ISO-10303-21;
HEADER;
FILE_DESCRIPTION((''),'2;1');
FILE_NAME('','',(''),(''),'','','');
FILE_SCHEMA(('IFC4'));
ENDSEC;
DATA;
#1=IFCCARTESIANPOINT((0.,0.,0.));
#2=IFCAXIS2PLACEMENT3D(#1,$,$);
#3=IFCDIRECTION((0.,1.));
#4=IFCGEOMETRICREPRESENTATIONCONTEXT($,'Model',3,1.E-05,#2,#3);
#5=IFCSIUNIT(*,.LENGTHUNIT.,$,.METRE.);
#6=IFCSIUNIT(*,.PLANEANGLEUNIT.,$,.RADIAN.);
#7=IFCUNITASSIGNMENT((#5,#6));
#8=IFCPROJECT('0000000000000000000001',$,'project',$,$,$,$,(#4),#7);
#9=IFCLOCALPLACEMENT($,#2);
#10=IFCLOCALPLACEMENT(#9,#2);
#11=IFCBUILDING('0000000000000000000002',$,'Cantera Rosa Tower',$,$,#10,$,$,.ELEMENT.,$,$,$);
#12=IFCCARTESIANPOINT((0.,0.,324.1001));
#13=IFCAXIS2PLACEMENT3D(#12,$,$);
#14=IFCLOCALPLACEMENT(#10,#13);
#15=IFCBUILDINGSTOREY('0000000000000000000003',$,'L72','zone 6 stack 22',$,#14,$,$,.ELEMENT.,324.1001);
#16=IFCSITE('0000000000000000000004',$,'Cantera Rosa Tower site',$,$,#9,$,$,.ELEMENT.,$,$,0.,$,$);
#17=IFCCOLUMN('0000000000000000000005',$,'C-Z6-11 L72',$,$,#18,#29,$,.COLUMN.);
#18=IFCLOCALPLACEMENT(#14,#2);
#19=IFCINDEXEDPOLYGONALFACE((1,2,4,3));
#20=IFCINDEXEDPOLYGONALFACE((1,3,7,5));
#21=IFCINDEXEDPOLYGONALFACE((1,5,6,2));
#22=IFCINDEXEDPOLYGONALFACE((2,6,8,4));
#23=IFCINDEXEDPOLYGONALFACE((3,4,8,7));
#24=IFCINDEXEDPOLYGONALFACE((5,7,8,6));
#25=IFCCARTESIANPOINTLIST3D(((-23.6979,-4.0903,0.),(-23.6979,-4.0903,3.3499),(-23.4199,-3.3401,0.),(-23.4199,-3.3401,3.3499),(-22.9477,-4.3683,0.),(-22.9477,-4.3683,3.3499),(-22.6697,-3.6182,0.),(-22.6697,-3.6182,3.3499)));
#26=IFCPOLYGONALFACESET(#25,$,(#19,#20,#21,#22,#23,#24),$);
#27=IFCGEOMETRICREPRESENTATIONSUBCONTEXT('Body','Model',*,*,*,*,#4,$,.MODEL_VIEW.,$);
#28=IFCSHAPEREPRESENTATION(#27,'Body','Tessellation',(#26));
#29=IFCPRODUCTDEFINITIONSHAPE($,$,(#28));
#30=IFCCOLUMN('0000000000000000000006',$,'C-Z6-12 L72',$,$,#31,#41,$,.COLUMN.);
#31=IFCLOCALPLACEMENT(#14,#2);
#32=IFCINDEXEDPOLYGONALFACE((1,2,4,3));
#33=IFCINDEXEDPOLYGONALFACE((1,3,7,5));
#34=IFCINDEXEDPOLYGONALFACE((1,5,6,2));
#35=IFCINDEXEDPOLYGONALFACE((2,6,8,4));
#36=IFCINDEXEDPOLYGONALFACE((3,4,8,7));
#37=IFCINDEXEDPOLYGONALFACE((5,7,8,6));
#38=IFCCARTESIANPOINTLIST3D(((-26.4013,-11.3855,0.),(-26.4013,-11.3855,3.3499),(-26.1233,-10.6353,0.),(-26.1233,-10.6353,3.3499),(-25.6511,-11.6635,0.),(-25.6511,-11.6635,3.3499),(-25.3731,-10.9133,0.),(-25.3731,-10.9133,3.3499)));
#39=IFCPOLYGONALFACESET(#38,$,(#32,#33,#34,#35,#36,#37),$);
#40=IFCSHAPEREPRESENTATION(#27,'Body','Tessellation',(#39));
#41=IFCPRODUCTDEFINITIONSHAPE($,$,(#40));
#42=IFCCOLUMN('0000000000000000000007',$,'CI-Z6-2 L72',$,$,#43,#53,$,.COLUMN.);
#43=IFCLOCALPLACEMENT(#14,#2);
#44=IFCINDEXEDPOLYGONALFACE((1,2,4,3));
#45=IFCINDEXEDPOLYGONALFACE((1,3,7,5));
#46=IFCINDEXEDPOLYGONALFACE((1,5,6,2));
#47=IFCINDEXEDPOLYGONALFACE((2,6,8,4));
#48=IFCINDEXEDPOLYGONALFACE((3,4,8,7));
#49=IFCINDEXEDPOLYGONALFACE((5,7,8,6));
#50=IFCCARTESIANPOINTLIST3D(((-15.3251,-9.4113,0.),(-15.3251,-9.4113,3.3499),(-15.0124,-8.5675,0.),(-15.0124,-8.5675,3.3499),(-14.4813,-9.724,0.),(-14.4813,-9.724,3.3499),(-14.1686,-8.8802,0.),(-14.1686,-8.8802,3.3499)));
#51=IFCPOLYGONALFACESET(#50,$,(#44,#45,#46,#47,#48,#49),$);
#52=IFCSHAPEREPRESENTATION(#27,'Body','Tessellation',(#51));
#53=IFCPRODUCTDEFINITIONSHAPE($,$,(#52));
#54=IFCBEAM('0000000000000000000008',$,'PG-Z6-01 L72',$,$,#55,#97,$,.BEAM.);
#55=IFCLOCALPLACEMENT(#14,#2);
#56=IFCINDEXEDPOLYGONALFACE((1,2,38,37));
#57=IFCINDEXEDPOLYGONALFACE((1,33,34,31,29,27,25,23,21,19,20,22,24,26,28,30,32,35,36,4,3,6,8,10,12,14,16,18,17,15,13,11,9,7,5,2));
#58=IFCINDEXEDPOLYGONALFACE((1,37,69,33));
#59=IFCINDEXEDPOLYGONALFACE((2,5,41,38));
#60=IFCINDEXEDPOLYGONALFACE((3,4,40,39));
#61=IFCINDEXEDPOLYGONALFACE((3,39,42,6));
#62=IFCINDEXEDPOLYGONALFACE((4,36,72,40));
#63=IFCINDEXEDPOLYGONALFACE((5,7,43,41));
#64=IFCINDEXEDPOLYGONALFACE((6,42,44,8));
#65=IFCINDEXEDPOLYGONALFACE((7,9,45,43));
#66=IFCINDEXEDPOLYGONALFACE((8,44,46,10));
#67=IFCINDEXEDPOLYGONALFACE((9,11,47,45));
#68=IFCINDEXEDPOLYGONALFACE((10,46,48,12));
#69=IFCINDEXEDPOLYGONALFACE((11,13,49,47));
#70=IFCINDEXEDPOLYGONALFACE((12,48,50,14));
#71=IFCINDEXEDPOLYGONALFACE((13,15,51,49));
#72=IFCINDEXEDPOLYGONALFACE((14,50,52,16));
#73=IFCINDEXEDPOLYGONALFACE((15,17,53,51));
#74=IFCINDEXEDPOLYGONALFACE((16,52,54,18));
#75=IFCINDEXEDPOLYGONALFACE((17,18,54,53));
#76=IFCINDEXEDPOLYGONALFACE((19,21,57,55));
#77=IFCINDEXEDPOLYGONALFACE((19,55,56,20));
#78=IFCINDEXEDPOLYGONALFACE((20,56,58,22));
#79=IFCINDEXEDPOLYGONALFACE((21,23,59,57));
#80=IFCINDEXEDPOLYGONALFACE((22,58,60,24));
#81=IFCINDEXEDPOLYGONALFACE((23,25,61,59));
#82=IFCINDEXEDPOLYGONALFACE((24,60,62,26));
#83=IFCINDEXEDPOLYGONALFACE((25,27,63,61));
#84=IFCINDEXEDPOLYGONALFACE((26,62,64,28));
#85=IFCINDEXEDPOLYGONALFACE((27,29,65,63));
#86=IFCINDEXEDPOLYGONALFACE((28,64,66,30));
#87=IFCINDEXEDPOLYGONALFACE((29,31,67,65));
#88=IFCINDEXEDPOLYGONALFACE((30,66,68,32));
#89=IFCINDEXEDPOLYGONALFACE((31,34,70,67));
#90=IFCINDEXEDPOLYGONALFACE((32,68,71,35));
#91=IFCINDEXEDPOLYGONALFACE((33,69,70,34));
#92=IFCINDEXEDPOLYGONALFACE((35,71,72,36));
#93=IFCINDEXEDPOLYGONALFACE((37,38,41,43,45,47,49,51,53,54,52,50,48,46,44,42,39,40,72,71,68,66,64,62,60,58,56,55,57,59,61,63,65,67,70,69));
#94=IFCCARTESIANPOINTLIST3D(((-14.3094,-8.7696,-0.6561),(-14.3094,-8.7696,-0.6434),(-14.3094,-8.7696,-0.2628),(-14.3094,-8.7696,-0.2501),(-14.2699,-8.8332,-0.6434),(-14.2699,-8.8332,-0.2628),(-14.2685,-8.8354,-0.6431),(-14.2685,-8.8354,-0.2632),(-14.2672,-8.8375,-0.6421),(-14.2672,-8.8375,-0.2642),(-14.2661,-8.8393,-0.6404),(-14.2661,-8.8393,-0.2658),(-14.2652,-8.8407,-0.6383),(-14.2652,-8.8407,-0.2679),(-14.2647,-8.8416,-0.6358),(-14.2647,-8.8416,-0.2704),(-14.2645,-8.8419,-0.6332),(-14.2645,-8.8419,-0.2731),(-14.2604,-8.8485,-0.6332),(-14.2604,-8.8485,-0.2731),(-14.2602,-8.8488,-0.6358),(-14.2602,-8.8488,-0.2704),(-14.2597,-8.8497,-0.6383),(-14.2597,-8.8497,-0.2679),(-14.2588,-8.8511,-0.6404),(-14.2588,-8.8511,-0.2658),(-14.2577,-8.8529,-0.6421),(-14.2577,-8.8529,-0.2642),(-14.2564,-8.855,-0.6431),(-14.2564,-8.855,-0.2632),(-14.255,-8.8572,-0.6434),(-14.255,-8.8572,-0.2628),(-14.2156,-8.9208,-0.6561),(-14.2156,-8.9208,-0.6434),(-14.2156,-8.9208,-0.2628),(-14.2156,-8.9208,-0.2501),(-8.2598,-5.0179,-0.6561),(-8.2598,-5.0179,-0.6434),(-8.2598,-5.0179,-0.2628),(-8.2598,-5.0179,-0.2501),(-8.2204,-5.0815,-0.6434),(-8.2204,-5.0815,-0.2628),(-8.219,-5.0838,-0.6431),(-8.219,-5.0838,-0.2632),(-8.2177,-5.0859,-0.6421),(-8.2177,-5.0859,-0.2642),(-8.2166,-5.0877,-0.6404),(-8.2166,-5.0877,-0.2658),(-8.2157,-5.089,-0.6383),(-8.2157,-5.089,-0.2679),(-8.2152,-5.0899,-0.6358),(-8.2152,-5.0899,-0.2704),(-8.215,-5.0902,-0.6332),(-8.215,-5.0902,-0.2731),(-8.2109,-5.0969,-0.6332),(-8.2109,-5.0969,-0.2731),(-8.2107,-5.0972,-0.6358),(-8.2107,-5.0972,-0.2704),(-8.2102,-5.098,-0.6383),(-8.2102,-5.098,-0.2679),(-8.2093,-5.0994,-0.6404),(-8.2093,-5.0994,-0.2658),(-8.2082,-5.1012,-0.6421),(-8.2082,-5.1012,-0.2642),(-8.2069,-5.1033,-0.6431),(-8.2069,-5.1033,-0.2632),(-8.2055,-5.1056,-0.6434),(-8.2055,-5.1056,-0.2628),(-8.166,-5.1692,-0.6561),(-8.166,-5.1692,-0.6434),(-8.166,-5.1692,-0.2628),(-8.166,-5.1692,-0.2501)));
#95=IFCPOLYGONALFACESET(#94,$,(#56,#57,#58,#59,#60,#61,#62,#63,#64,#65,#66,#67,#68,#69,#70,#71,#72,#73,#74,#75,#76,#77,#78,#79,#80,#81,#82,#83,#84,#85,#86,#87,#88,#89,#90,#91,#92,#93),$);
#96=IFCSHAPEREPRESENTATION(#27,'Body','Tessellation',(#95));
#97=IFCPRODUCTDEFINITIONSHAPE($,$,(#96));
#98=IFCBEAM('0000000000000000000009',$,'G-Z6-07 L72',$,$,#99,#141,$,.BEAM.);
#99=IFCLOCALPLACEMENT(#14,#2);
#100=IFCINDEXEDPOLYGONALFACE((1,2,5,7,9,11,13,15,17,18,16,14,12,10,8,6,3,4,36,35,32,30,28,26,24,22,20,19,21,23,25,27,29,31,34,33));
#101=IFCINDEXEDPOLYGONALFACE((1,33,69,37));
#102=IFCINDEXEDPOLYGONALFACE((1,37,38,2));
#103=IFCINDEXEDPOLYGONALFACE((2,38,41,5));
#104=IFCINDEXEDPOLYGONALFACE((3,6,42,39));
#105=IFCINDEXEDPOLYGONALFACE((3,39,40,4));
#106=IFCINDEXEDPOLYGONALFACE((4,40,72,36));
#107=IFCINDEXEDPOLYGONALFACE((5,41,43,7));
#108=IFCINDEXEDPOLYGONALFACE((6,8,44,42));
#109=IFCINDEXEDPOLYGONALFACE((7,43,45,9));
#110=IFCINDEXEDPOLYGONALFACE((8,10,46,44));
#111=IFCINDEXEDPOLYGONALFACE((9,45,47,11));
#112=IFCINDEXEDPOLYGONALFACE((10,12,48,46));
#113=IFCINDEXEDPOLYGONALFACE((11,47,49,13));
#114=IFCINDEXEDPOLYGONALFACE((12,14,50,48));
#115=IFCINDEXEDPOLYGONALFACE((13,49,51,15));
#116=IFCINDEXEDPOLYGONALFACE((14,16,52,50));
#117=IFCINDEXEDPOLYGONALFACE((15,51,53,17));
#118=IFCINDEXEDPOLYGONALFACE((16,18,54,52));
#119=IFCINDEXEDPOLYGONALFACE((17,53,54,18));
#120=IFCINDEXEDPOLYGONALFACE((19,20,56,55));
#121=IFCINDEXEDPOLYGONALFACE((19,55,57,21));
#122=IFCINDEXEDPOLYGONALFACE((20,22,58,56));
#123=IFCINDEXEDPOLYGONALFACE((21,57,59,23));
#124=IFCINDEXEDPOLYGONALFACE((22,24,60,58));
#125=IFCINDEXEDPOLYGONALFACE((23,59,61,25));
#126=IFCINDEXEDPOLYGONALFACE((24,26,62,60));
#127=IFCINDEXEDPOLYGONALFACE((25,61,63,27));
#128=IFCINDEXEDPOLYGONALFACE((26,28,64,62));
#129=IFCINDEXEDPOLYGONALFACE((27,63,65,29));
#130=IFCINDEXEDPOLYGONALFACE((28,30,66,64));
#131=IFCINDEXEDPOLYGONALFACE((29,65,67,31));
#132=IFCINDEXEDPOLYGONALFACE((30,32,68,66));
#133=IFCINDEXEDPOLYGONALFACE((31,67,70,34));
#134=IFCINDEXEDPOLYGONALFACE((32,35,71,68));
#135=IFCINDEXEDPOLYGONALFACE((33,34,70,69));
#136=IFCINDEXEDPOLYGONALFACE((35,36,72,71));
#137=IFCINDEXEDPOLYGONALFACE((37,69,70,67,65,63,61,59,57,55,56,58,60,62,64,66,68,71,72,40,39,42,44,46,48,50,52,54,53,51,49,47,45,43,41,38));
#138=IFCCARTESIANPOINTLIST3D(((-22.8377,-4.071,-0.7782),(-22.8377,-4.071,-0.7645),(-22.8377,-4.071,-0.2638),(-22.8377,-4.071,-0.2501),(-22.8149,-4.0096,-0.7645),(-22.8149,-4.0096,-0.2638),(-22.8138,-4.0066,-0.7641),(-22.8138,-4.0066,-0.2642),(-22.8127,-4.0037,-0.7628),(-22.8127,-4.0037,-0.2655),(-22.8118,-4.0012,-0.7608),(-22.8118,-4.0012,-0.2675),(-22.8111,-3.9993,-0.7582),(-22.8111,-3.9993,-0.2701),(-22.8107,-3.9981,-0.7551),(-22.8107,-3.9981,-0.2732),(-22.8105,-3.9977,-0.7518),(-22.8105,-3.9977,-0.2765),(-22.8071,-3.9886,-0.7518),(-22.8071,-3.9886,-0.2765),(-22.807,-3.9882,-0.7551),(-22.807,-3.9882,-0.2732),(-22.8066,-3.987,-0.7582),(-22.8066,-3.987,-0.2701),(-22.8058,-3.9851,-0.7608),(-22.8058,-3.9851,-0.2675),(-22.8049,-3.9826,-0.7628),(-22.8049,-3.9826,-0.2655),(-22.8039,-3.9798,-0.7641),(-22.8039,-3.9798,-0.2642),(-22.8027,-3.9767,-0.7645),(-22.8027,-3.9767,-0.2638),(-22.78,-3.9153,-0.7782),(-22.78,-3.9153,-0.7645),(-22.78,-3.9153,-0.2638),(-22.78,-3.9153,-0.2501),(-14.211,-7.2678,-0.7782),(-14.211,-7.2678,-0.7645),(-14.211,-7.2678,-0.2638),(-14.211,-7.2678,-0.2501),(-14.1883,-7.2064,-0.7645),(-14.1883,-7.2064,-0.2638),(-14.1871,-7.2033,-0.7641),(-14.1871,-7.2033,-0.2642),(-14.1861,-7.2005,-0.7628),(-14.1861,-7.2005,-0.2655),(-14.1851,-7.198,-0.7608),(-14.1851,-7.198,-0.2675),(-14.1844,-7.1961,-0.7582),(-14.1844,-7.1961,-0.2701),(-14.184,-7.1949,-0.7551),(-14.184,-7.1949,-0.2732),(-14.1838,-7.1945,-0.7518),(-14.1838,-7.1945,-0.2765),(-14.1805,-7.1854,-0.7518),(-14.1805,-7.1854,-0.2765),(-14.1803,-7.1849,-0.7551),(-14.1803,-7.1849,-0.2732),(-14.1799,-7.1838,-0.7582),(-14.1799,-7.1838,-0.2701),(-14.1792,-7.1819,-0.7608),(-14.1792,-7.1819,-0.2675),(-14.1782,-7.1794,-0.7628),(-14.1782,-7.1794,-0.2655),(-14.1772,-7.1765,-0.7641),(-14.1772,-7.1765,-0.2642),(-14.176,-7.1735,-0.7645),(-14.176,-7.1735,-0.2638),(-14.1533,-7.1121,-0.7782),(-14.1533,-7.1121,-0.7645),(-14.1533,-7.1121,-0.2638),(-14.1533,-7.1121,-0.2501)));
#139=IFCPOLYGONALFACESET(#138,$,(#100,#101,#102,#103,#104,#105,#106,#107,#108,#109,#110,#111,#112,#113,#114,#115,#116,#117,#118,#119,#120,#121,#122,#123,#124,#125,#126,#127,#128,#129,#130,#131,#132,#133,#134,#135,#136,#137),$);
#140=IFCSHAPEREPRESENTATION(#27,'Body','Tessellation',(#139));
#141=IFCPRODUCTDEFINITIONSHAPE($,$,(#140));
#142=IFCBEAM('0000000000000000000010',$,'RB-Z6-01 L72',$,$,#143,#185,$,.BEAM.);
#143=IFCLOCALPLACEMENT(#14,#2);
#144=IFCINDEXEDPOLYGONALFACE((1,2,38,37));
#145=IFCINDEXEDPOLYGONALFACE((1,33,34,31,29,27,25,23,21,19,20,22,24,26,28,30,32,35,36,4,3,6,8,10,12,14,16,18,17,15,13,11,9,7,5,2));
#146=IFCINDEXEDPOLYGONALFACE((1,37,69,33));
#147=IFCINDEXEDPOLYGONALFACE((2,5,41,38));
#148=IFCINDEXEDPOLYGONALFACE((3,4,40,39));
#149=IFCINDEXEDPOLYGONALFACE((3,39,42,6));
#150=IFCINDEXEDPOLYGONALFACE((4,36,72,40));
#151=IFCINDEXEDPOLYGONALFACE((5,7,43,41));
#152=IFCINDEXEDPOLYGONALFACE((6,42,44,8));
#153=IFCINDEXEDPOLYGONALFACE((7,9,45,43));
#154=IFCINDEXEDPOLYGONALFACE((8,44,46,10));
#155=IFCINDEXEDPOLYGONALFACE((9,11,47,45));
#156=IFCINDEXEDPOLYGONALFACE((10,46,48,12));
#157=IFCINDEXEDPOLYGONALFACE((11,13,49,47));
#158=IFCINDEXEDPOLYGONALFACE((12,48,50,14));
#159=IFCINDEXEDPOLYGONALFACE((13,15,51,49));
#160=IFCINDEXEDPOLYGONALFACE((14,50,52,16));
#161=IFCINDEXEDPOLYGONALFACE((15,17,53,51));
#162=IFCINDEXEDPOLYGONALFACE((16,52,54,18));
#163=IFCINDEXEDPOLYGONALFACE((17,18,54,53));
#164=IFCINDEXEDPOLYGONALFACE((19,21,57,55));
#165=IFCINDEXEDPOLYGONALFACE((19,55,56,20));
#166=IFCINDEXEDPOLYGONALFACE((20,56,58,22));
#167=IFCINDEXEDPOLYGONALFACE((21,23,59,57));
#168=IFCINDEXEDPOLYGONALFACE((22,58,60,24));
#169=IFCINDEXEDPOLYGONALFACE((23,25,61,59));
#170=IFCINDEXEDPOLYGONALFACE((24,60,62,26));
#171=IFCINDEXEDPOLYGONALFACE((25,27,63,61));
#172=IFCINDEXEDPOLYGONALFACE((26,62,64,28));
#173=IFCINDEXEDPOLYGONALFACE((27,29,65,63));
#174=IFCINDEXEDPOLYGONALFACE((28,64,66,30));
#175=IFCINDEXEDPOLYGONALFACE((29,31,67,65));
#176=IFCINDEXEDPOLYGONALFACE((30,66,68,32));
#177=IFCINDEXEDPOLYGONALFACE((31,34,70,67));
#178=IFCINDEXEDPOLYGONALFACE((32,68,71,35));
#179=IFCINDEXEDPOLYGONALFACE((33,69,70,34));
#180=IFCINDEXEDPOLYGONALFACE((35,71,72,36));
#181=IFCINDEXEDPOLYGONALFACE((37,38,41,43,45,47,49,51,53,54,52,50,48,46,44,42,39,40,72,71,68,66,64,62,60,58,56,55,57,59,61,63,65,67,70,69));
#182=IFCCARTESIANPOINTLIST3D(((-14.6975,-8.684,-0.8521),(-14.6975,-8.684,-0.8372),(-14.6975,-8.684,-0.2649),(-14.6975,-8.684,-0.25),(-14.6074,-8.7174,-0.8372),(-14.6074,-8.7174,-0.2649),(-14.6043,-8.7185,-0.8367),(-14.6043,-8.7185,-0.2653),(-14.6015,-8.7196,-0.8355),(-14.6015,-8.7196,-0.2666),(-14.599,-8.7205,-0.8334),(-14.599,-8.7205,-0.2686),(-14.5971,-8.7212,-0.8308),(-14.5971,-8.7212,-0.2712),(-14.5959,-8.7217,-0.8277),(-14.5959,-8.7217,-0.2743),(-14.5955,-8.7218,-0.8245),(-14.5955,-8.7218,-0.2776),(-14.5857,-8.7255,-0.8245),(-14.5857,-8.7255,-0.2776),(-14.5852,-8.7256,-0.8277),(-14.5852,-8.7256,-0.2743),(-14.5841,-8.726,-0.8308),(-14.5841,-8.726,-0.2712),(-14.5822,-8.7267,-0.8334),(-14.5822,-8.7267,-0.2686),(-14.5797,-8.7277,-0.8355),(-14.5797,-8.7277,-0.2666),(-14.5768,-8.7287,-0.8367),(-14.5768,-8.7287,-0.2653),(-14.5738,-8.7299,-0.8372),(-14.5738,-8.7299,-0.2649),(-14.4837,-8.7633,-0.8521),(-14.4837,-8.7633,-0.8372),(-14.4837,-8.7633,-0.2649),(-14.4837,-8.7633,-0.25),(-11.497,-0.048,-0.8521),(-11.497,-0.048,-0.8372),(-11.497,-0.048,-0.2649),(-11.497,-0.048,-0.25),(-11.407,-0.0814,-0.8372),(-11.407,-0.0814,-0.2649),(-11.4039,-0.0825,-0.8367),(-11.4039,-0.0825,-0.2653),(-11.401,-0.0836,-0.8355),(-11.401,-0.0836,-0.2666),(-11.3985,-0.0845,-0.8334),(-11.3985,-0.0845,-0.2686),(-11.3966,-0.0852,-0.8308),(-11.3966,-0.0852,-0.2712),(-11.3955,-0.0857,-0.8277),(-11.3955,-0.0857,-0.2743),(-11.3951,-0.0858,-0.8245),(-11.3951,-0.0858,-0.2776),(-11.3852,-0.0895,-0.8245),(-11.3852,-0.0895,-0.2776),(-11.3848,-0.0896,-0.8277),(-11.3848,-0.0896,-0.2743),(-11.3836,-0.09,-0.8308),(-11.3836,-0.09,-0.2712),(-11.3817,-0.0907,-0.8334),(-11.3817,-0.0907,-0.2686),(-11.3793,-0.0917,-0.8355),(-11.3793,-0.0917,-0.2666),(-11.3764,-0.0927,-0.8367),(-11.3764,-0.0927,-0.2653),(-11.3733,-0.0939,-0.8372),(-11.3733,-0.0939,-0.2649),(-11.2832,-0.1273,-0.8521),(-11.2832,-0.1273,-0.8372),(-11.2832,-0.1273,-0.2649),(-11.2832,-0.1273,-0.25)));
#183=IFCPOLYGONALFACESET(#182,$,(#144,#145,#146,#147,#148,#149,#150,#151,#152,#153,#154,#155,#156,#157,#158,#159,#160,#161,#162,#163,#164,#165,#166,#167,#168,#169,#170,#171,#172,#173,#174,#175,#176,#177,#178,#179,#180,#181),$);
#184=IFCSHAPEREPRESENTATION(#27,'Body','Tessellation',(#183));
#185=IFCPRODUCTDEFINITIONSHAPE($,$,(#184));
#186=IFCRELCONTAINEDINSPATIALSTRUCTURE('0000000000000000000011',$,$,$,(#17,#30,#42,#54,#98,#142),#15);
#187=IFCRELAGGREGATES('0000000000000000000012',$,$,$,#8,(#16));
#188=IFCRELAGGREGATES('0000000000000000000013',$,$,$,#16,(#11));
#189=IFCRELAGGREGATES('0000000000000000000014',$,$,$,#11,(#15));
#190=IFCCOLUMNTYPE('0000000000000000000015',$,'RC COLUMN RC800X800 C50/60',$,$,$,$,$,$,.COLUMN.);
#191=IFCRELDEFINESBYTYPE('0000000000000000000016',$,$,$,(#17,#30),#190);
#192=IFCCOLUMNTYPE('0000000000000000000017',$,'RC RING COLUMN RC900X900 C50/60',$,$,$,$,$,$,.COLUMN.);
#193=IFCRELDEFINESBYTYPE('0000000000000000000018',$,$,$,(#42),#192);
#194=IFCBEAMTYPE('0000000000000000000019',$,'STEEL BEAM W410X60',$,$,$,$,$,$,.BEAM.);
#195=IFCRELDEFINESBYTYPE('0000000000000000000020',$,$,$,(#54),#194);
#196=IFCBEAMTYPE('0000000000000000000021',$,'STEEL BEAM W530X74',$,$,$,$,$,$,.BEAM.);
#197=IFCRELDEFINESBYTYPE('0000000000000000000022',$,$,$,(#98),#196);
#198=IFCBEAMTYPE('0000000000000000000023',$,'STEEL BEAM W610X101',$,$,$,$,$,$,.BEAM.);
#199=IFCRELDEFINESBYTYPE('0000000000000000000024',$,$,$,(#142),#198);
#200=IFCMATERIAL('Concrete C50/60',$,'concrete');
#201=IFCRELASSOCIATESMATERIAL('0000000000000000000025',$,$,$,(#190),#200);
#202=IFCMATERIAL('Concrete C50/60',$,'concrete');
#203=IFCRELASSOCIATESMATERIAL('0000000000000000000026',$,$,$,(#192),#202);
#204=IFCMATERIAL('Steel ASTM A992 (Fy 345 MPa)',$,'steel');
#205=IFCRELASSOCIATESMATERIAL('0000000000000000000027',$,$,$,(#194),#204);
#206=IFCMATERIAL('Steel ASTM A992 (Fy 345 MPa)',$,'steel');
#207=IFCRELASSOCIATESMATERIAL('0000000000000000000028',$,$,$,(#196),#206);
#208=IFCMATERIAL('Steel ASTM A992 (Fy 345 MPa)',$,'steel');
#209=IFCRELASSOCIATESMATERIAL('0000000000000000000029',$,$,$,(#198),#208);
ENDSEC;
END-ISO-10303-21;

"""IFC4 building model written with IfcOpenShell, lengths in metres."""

from ifc_helpers import new_model, si_unit, direction, frame, origin, origin_2d, place, context, subcontext, project, spatial, rectangle, i_section, extrude, material, material_profile, profile_set, type_object, element, save


model = new_model("IFC4")

# Units and contexts
model_context = context("Model", 3, precision=1e-05, world=origin(), true_north=direction((0.0, 1.0)))
body_context = subcontext(model_context, "Body", "Model", "MODEL_VIEW")
ifc_project = project(units=[si_unit("LENGTHUNIT", "METRE"), si_unit("PLANEANGLEUNIT", "RADIAN")], contexts=[model_context])

# Site, building, storey
site_placement = place(None, origin())
site = spatial("IfcSite", under=ifc_project, at=site_placement, Name="Cantera Rosa Tower site", CompositionType="ELEMENT", RefElevation=0.0)
building_placement = place(site_placement, origin())
building = spatial("IfcBuilding", under=site, at=building_placement, Name="Cantera Rosa Tower", CompositionType="ELEMENT")
storey_placement = place(building_placement, frame((0.0, 0.0, 324.1001)))
storey = spatial("IfcBuildingStorey", under=building, at=storey_placement, Name="L72", Description="zone 6 stack 22", CompositionType="ELEMENT", Elevation=324.1001)

# Columns
ifc_material_1 = material(Name="Concrete C50/60", Category="concrete")
ifc_material_profile_1 = material_profile(ifc_material_1, rectangle(XDim=0.8, YDim=0.8, at=origin_2d()), Name="RC COLUMN RC800X800 C50/60")
ifc_profile_set_1 = profile_set([ifc_material_profile_1], Name="Concrete C50/60")
column_type_1 = type_object("IfcColumnType", Name="RC COLUMN RC800X800 C50/60", PredefinedType="COLUMN", material=ifc_profile_set_1)
for number, where, z_axis, x_axis, name in (
    (1, (-23.1838, -3.8542, 0.0), (0.0, 0.0, 1.0), (0.347481, 0.937687, 0.0), "C-Z6-11 L72"),
    (2, (-25.8872, -11.1494, 0.0), (0.0, 0.0, 1.0), (0.347481, 0.937687, 0.0), "C-Z6-12 L72"),
):
    element("IfcColumn", number, at=place(storey_placement, frame(where, z_axis=z_axis, x_axis=x_axis)), inside=storey, type_object=column_type_1, Name=name, PredefinedType="COLUMN", context=body_context, shape_type="SweptSolid", body=[
        extrude(rectangle(XDim=0.8, YDim=0.8, at=origin_2d()), origin(), (0.0, 0.0, 1.0), 3.3499),
    ])
ifc_material_2 = material(Name="Concrete C50/60", Category="concrete")
ifc_material_profile_2 = material_profile(ifc_material_2, rectangle(XDim=0.8999, YDim=0.8999, at=origin_2d()), Name="RC RING COLUMN RC900X900 C50/60")
ifc_profile_set_2 = profile_set([ifc_material_profile_2], Name="Concrete C50/60")
column_type_2 = type_object("IfcColumnType", Name="RC RING COLUMN RC900X900 C50/60", PredefinedType="COLUMN", material=ifc_profile_set_2)
column_placement = place(storey_placement, frame((-14.7468, -9.1458, 0.0), z_axis=(0.0, 0.0, 1.0), x_axis=(0.347481, 0.937687, 0.0)))
element("IfcColumn", 3, at=column_placement, inside=storey, type_object=column_type_2, Name="CI-Z6-2 L72", PredefinedType="COLUMN", context=body_context, shape_type="SweptSolid", body=[
    extrude(rectangle(XDim=0.8999, YDim=0.8999, at=origin_2d()), origin(), (0.0, 0.0, 1.0), 3.3499),
])

# Beams
ifc_material_3 = material(Name="Steel ASTM A992 (Fy 345 MPa)", Category="steel")
ifc_material_profile_3 = material_profile(ifc_material_3, i_section(OverallWidth=0.178, OverallDepth=0.406, WebThickness=0.0078, FlangeThickness=0.0127, FilletRadius=0.0103, at=origin_2d()), Name="W410X60")
ifc_profile_set_3 = profile_set([ifc_material_profile_3], Name="Steel ASTM A992 (Fy 345 MPa)")
beam_type_1 = type_object("IfcBeamType", Name="STEEL BEAM W410X60", PredefinedType="BEAM", material=ifc_profile_set_3)
beam_1_placement = place(storey_placement, frame((-14.2625, -8.8452, -0.4531), z_axis=(0.849841, 0.527039, 0.0), x_axis=(-0.527039, 0.849841, 0.0)))
element("IfcBeam", 4, at=beam_1_placement, inside=storey, type_object=beam_type_1, Name="PG-Z6-01 L72", PredefinedType="BEAM", context=body_context, shape_type="SweptSolid", body=[
    extrude(i_section(OverallWidth=0.178, OverallDepth=0.406, WebThickness=0.0078, FlangeThickness=0.0127, FilletRadius=0.0103, at=origin_2d()), origin(), (0.0, 0.0, 1.0), 7.1184),
])
ifc_material_4 = material(Name="Steel ASTM A992 (Fy 345 MPa)", Category="steel")
ifc_material_profile_4 = material_profile(ifc_material_4, i_section(OverallWidth=0.166, OverallDepth=0.5281, WebThickness=0.0098, FlangeThickness=0.0137, FilletRadius=0.0127, at=origin_2d()), Name="W530X74")
ifc_profile_set_4 = profile_set([ifc_material_profile_4], Name="Steel ASTM A992 (Fy 345 MPa)")
beam_type_2 = type_object("IfcBeamType", Name="STEEL BEAM W530X74", PredefinedType="BEAM", material=ifc_profile_set_4)
beam_2_placement = place(storey_placement, frame((-22.8088, -3.9932, -0.5142), z_axis=(0.937689, -0.347477, 0.0), x_axis=(0.347477, 0.937689, 0.0)))
element("IfcBeam", 5, at=beam_2_placement, inside=storey, type_object=beam_type_2, Name="G-Z6-07 L72", PredefinedType="BEAM", context=body_context, shape_type="SweptSolid", body=[
    extrude(i_section(OverallWidth=0.166, OverallDepth=0.5281, WebThickness=0.0098, FlangeThickness=0.0137, FilletRadius=0.0127, at=origin_2d()), origin(), (0.0, 0.0, 1.0), 9.2),
])
ifc_material_5 = material(Name="Steel ASTM A992 (Fy 345 MPa)", Category="steel")
ifc_material_profile_5 = material_profile(ifc_material_5, i_section(OverallWidth=0.228, OverallDepth=0.6021, WebThickness=0.0105, FlangeThickness=0.0149, FilletRadius=0.0127, at=origin_2d()), Name="W610X101")
ifc_profile_set_5 = profile_set([ifc_material_profile_5], Name="Steel ASTM A992 (Fy 345 MPa)")
beam_type_3 = type_object("IfcBeamType", Name="STEEL BEAM W610X101", PredefinedType="BEAM", material=ifc_profile_set_5)
beam_3_placement = place(storey_placement, frame((-14.5906, -8.7236, -0.551), z_axis=(0.347498, 0.937681, 0.0), x_axis=(-0.937681, 0.347498, 0.0)))
element("IfcBeam", 6, at=beam_3_placement, inside=storey, type_object=beam_type_3, Name="RB-Z6-01 L72", PredefinedType="BEAM", context=body_context, shape_type="SweptSolid", body=[
    extrude(i_section(OverallWidth=0.228, OverallDepth=0.6021, WebThickness=0.0105, FlangeThickness=0.0149, FilletRadius=0.0127, at=origin_2d()), origin(), (0.0, 0.0, 1.0), 9.21),
])

save(model, "model.ifc")
